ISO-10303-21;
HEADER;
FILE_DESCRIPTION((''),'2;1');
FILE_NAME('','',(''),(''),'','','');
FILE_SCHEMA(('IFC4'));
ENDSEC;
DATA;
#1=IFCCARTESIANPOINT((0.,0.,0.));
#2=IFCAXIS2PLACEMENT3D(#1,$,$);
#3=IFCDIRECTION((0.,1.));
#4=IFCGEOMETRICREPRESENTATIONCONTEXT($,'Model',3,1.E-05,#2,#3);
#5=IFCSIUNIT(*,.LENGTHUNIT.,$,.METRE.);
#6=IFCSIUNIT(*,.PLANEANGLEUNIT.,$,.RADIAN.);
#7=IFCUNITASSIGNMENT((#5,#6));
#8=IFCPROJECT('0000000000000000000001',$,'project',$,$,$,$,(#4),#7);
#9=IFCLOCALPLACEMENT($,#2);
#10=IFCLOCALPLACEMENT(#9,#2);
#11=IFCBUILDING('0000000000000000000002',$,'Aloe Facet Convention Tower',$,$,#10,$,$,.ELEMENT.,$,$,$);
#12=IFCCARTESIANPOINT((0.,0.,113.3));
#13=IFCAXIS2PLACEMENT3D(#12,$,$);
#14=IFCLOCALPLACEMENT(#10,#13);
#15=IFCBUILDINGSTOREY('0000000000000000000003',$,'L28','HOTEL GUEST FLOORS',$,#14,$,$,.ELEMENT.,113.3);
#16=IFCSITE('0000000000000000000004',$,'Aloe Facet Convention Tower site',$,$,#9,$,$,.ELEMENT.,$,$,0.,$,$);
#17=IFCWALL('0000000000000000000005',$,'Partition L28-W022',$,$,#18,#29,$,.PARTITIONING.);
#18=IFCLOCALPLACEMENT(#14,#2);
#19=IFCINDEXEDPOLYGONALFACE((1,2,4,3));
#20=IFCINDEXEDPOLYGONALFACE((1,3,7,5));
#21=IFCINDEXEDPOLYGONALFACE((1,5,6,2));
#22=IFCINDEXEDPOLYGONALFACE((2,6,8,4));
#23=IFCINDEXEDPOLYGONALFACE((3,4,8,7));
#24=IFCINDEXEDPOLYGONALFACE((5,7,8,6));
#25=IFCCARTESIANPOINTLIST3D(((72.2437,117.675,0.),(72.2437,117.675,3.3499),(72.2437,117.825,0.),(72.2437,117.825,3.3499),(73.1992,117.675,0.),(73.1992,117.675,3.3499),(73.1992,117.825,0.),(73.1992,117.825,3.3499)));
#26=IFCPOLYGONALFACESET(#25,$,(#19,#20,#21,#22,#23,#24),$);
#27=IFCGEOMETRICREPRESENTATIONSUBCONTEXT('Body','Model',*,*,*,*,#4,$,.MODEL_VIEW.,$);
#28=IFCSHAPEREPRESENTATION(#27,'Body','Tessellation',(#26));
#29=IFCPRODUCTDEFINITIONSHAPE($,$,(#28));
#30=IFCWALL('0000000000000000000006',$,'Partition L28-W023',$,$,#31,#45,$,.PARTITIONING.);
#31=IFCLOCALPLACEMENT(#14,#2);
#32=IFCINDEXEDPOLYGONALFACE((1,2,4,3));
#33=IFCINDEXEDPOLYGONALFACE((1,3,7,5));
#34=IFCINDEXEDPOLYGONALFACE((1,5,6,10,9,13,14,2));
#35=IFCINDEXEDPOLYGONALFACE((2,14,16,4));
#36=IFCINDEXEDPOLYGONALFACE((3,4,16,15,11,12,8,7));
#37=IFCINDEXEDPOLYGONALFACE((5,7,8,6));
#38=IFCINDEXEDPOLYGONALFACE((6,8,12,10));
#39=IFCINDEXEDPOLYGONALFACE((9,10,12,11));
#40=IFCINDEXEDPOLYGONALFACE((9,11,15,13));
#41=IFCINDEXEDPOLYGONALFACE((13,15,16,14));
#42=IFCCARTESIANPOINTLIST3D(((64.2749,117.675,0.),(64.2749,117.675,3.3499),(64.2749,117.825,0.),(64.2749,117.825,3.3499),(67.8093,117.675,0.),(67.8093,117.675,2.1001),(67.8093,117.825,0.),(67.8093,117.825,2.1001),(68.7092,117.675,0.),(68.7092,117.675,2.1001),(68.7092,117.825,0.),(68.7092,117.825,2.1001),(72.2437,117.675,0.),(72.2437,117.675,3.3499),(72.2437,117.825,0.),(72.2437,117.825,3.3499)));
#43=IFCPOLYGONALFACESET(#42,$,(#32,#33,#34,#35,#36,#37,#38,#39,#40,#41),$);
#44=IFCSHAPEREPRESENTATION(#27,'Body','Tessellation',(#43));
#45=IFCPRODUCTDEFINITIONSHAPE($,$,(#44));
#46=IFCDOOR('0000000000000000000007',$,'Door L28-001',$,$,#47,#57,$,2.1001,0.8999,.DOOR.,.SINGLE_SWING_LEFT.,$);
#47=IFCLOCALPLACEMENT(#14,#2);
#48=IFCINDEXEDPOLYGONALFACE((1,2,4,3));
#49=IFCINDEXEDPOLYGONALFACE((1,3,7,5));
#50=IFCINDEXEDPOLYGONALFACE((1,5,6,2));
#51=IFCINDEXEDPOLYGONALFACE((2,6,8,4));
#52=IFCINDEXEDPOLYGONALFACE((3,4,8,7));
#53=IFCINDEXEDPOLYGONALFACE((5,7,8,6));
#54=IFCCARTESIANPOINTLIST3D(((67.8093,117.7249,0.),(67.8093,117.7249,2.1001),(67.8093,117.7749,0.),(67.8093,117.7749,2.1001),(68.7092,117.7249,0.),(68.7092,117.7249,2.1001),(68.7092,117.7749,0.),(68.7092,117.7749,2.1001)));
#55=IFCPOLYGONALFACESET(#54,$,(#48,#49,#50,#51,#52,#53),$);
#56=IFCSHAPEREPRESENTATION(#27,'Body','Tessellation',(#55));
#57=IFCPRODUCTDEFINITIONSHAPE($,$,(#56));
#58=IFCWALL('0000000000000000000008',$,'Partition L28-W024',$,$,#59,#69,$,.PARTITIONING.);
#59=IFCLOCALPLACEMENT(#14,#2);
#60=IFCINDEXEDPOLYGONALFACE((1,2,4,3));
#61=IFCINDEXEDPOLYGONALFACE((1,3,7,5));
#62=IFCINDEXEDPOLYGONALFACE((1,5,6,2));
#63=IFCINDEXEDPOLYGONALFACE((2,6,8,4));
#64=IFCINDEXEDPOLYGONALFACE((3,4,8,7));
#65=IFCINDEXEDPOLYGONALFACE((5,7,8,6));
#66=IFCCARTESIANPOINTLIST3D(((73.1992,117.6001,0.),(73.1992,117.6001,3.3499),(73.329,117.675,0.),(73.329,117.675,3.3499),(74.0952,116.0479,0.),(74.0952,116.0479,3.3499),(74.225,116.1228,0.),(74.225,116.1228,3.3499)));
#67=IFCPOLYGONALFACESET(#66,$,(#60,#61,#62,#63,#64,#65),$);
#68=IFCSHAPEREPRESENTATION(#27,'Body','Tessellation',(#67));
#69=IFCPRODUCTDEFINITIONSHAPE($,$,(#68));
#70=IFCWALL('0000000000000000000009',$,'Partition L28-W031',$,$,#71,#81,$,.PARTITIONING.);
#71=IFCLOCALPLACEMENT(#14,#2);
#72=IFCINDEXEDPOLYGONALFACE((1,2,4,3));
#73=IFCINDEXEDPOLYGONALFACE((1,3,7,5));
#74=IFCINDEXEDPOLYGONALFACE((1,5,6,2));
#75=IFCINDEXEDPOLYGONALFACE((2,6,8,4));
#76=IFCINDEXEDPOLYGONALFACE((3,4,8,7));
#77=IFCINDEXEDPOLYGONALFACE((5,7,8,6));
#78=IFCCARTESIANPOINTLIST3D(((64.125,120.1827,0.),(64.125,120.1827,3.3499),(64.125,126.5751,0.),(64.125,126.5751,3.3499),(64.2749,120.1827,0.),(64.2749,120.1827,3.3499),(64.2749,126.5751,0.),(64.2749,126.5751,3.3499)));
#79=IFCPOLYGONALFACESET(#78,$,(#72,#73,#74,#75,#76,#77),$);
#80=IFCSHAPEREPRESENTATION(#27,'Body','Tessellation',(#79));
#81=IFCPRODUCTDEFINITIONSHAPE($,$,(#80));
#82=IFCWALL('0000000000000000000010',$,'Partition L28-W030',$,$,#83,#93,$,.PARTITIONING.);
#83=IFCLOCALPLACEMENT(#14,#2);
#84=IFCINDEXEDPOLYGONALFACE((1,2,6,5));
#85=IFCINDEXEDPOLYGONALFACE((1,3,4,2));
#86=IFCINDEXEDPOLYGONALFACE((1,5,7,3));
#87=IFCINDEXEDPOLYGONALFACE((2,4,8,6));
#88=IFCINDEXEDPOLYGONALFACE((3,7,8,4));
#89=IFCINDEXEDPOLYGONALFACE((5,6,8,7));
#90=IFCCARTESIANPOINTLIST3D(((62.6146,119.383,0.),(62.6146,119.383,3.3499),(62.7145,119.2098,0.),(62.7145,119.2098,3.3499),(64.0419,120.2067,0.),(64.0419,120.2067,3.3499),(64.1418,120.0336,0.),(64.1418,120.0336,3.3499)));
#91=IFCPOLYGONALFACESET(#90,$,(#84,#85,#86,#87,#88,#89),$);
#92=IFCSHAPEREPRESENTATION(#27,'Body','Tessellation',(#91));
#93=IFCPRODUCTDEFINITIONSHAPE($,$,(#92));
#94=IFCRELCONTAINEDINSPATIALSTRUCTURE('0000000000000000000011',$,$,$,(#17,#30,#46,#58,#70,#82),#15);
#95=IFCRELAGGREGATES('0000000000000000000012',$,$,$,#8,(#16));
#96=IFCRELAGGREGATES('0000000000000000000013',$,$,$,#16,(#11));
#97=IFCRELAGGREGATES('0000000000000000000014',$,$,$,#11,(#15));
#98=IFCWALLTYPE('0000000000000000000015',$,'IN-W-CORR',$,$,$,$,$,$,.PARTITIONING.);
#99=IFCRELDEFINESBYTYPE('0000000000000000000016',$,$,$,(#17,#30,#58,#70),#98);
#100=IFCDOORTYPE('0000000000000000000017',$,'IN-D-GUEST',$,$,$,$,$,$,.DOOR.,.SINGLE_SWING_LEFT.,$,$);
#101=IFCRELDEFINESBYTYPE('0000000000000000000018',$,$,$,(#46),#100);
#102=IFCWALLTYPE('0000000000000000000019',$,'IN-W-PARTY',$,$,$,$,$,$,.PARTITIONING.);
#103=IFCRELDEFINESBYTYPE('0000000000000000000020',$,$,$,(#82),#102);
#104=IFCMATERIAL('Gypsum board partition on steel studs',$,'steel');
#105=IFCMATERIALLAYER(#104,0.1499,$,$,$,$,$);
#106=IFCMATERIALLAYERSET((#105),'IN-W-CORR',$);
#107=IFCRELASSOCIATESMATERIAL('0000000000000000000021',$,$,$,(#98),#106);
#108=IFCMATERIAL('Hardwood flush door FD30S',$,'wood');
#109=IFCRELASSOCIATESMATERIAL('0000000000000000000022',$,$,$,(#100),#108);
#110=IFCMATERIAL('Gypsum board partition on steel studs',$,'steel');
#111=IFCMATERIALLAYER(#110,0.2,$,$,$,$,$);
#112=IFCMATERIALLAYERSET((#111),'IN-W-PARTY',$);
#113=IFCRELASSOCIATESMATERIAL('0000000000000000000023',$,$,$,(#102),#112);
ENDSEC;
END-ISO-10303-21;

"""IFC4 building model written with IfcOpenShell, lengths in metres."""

from ifc_helpers import new_model, si_unit, direction, frame, frame_2d, origin, place, context, subcontext, project, spatial, rectangle, extrude, material, layer, layer_set, type_object, element, fill, save


model = new_model("IFC4")

# Units and contexts
model_context = context("Model", 3, precision=1e-05, world=origin(), true_north=direction((0.0, 1.0)))
body_context = subcontext(model_context, "Body", "Model", "MODEL_VIEW")
ifc_project = project(units=[si_unit("LENGTHUNIT", "METRE"), si_unit("PLANEANGLEUNIT", "RADIAN")], contexts=[model_context])

# Site, building, storey
site_placement = place(None, origin())
site = spatial("IfcSite", under=ifc_project, at=site_placement, Name="Aloe Facet Convention Tower site", CompositionType="ELEMENT", RefElevation=0.0)
building_placement = place(site_placement, origin())
building = spatial("IfcBuilding", under=site, at=building_placement, Name="Aloe Facet Convention Tower", CompositionType="ELEMENT")
storey_placement = place(building_placement, frame((0.0, 0.0, 113.3)))
storey = spatial("IfcBuildingStorey", under=building, at=storey_placement, Name="L28", Description="HOTEL GUEST FLOORS", CompositionType="ELEMENT", Elevation=113.3)

# Wall
ifc_material_1 = material(Name="Gypsum board partition on steel studs", Category="steel")
ifc_layer_1 = layer(ifc_material_1, 0.1499)
ifc_layer_set_1 = layer_set([ifc_layer_1], Name="IN-W-CORR")
wall_type_1 = type_object("IfcWallType", Name="IN-W-CORR", PredefinedType="PARTITIONING", material=ifc_layer_set_1)
wall_1_placement = place(storey_placement, frame((72.2437, 117.75, 0.0), z_axis=(0.0, 0.0, 1.0), x_axis=(1.0, 0.0, 0.0)))
element("IfcWall", 1, at=wall_1_placement, inside=storey, type_object=wall_type_1, Name="Partition L28-W022", PredefinedType="PARTITIONING", context=body_context, shape_type="SweptSolid", body=[
    extrude(rectangle(XDim=0.9556, YDim=0.1499, at=frame_2d((0.4778, 0.0))), origin(), (0.0, 0.0, 1.0), 3.3499),
])

# Wall, opening, door
wall_2_placement = place(storey_placement, frame((64.2749, 117.75, 0.0), z_axis=(0.0, 0.0, 1.0), x_axis=(1.0, 0.0, 0.0)))
wall_2 = element("IfcWall", 2, at=wall_2_placement, inside=storey, type_object=wall_type_1, Name="Partition L28-W023", PredefinedType="PARTITIONING", context=body_context, shape_type="SweptSolid", body=[
    extrude(rectangle(XDim=7.9688, YDim=0.1499, at=frame_2d((3.9844, 0.0))), origin(), (0.0, 0.0, 1.0), 3.3499),
])
opening_1_placement = place(wall_2_placement, frame((3.5344, 0.0, 0.0)))
opening_1 = element("IfcOpeningElement", 3, at=opening_1_placement, cuts=wall_2, PredefinedType="OPENING", context=body_context, shape_type="SweptSolid", body=[
    extrude(rectangle(XDim=0.8999, YDim=2.1001, at=frame_2d((0.45, 1.05))), frame((0.0, 0.085, 0.0), z_axis=(0.0, -1.0, 0.0), x_axis=(1.0, 0.0, 0.0)), (0.0, 0.0, 1.0), 0.1699),
])
ifc_material_2 = material(Name="Hardwood flush door FD30S", Category="wood")
door_type_1 = type_object("IfcDoorType", Name="IN-D-GUEST", OperationType="SINGLE_SWING_LEFT", PredefinedType="DOOR", material=ifc_material_2)
door_1_placement = place(opening_1_placement, origin())
door_1 = element("IfcDoor", 4, at=door_1_placement, inside=storey, type_object=door_type_1, Name="Door L28-001", OperationType="SINGLE_SWING_LEFT", OverallHeight=2.1001, OverallWidth=0.8999, PredefinedType="DOOR", context=body_context, shape_type="SweptSolid", body=[
    extrude(rectangle(XDim=0.8999, YDim=2.1001, at=frame_2d((0.45, 1.05))), frame((0.0, 0.0249, 0.0), z_axis=(0.0, -1.0, 0.0), x_axis=(1.0, 0.0, 0.0)), (0.0, 0.0, 1.0), 0.05),
])
fill(opening_1, door_1)

# Walls
wall_3_placement = place(storey_placement, frame((73.2642, 117.6375, 0.0), z_axis=(0.0, 0.0, 1.0), x_axis=(0.499919, -0.866072, 0.0)))
element("IfcWall", 5, at=wall_3_placement, inside=storey, type_object=wall_type_1, Name="Partition L28-W024", PredefinedType="PARTITIONING", context=body_context, shape_type="SweptSolid", body=[
    extrude(rectangle(XDim=1.7922, YDim=0.1499, at=frame_2d((0.896, 0.0))), origin(), (0.0, 0.0, 1.0), 3.3499),
])
wall_4_placement = place(storey_placement, frame((64.2, 120.1826, 0.0), z_axis=(0.0, 0.0, 1.0), x_axis=(0.0, 1.0, 0.0)))
element("IfcWall", 6, at=wall_4_placement, inside=storey, type_object=wall_type_1, Name="Partition L28-W031", PredefinedType="PARTITIONING", context=body_context, shape_type="SweptSolid", body=[
    extrude(rectangle(XDim=6.3923, YDim=0.1499, at=frame_2d((3.1963, 0.0))), origin(), (0.0, 0.0, 1.0), 3.3499),
])
ifc_material_3 = material(Name="Gypsum board partition on steel studs", Category="steel")
ifc_layer_2 = layer(ifc_material_3, 0.2)
ifc_layer_set_2 = layer_set([ifc_layer_2], Name="IN-W-PARTY")
wall_type_2 = type_object("IfcWallType", Name="IN-W-PARTY", PredefinedType="PARTITIONING", material=ifc_layer_set_2)
wall_5_placement = place(storey_placement, frame((62.6646, 119.2964, 0.0), z_axis=(0.0, 0.0, 1.0), x_axis=(0.866102, 0.499868, 0.0)))
element("IfcWall", 7, at=wall_5_placement, inside=storey, type_object=wall_type_2, Name="Partition L28-W030", PredefinedType="PARTITIONING", context=body_context, shape_type="SweptSolid", body=[
    extrude(rectangle(XDim=1.6479, YDim=0.2, at=frame_2d((0.824, 0.0))), origin(), (0.0, 0.0, 1.0), 3.3499),
])

save(model, "model.ifc")
